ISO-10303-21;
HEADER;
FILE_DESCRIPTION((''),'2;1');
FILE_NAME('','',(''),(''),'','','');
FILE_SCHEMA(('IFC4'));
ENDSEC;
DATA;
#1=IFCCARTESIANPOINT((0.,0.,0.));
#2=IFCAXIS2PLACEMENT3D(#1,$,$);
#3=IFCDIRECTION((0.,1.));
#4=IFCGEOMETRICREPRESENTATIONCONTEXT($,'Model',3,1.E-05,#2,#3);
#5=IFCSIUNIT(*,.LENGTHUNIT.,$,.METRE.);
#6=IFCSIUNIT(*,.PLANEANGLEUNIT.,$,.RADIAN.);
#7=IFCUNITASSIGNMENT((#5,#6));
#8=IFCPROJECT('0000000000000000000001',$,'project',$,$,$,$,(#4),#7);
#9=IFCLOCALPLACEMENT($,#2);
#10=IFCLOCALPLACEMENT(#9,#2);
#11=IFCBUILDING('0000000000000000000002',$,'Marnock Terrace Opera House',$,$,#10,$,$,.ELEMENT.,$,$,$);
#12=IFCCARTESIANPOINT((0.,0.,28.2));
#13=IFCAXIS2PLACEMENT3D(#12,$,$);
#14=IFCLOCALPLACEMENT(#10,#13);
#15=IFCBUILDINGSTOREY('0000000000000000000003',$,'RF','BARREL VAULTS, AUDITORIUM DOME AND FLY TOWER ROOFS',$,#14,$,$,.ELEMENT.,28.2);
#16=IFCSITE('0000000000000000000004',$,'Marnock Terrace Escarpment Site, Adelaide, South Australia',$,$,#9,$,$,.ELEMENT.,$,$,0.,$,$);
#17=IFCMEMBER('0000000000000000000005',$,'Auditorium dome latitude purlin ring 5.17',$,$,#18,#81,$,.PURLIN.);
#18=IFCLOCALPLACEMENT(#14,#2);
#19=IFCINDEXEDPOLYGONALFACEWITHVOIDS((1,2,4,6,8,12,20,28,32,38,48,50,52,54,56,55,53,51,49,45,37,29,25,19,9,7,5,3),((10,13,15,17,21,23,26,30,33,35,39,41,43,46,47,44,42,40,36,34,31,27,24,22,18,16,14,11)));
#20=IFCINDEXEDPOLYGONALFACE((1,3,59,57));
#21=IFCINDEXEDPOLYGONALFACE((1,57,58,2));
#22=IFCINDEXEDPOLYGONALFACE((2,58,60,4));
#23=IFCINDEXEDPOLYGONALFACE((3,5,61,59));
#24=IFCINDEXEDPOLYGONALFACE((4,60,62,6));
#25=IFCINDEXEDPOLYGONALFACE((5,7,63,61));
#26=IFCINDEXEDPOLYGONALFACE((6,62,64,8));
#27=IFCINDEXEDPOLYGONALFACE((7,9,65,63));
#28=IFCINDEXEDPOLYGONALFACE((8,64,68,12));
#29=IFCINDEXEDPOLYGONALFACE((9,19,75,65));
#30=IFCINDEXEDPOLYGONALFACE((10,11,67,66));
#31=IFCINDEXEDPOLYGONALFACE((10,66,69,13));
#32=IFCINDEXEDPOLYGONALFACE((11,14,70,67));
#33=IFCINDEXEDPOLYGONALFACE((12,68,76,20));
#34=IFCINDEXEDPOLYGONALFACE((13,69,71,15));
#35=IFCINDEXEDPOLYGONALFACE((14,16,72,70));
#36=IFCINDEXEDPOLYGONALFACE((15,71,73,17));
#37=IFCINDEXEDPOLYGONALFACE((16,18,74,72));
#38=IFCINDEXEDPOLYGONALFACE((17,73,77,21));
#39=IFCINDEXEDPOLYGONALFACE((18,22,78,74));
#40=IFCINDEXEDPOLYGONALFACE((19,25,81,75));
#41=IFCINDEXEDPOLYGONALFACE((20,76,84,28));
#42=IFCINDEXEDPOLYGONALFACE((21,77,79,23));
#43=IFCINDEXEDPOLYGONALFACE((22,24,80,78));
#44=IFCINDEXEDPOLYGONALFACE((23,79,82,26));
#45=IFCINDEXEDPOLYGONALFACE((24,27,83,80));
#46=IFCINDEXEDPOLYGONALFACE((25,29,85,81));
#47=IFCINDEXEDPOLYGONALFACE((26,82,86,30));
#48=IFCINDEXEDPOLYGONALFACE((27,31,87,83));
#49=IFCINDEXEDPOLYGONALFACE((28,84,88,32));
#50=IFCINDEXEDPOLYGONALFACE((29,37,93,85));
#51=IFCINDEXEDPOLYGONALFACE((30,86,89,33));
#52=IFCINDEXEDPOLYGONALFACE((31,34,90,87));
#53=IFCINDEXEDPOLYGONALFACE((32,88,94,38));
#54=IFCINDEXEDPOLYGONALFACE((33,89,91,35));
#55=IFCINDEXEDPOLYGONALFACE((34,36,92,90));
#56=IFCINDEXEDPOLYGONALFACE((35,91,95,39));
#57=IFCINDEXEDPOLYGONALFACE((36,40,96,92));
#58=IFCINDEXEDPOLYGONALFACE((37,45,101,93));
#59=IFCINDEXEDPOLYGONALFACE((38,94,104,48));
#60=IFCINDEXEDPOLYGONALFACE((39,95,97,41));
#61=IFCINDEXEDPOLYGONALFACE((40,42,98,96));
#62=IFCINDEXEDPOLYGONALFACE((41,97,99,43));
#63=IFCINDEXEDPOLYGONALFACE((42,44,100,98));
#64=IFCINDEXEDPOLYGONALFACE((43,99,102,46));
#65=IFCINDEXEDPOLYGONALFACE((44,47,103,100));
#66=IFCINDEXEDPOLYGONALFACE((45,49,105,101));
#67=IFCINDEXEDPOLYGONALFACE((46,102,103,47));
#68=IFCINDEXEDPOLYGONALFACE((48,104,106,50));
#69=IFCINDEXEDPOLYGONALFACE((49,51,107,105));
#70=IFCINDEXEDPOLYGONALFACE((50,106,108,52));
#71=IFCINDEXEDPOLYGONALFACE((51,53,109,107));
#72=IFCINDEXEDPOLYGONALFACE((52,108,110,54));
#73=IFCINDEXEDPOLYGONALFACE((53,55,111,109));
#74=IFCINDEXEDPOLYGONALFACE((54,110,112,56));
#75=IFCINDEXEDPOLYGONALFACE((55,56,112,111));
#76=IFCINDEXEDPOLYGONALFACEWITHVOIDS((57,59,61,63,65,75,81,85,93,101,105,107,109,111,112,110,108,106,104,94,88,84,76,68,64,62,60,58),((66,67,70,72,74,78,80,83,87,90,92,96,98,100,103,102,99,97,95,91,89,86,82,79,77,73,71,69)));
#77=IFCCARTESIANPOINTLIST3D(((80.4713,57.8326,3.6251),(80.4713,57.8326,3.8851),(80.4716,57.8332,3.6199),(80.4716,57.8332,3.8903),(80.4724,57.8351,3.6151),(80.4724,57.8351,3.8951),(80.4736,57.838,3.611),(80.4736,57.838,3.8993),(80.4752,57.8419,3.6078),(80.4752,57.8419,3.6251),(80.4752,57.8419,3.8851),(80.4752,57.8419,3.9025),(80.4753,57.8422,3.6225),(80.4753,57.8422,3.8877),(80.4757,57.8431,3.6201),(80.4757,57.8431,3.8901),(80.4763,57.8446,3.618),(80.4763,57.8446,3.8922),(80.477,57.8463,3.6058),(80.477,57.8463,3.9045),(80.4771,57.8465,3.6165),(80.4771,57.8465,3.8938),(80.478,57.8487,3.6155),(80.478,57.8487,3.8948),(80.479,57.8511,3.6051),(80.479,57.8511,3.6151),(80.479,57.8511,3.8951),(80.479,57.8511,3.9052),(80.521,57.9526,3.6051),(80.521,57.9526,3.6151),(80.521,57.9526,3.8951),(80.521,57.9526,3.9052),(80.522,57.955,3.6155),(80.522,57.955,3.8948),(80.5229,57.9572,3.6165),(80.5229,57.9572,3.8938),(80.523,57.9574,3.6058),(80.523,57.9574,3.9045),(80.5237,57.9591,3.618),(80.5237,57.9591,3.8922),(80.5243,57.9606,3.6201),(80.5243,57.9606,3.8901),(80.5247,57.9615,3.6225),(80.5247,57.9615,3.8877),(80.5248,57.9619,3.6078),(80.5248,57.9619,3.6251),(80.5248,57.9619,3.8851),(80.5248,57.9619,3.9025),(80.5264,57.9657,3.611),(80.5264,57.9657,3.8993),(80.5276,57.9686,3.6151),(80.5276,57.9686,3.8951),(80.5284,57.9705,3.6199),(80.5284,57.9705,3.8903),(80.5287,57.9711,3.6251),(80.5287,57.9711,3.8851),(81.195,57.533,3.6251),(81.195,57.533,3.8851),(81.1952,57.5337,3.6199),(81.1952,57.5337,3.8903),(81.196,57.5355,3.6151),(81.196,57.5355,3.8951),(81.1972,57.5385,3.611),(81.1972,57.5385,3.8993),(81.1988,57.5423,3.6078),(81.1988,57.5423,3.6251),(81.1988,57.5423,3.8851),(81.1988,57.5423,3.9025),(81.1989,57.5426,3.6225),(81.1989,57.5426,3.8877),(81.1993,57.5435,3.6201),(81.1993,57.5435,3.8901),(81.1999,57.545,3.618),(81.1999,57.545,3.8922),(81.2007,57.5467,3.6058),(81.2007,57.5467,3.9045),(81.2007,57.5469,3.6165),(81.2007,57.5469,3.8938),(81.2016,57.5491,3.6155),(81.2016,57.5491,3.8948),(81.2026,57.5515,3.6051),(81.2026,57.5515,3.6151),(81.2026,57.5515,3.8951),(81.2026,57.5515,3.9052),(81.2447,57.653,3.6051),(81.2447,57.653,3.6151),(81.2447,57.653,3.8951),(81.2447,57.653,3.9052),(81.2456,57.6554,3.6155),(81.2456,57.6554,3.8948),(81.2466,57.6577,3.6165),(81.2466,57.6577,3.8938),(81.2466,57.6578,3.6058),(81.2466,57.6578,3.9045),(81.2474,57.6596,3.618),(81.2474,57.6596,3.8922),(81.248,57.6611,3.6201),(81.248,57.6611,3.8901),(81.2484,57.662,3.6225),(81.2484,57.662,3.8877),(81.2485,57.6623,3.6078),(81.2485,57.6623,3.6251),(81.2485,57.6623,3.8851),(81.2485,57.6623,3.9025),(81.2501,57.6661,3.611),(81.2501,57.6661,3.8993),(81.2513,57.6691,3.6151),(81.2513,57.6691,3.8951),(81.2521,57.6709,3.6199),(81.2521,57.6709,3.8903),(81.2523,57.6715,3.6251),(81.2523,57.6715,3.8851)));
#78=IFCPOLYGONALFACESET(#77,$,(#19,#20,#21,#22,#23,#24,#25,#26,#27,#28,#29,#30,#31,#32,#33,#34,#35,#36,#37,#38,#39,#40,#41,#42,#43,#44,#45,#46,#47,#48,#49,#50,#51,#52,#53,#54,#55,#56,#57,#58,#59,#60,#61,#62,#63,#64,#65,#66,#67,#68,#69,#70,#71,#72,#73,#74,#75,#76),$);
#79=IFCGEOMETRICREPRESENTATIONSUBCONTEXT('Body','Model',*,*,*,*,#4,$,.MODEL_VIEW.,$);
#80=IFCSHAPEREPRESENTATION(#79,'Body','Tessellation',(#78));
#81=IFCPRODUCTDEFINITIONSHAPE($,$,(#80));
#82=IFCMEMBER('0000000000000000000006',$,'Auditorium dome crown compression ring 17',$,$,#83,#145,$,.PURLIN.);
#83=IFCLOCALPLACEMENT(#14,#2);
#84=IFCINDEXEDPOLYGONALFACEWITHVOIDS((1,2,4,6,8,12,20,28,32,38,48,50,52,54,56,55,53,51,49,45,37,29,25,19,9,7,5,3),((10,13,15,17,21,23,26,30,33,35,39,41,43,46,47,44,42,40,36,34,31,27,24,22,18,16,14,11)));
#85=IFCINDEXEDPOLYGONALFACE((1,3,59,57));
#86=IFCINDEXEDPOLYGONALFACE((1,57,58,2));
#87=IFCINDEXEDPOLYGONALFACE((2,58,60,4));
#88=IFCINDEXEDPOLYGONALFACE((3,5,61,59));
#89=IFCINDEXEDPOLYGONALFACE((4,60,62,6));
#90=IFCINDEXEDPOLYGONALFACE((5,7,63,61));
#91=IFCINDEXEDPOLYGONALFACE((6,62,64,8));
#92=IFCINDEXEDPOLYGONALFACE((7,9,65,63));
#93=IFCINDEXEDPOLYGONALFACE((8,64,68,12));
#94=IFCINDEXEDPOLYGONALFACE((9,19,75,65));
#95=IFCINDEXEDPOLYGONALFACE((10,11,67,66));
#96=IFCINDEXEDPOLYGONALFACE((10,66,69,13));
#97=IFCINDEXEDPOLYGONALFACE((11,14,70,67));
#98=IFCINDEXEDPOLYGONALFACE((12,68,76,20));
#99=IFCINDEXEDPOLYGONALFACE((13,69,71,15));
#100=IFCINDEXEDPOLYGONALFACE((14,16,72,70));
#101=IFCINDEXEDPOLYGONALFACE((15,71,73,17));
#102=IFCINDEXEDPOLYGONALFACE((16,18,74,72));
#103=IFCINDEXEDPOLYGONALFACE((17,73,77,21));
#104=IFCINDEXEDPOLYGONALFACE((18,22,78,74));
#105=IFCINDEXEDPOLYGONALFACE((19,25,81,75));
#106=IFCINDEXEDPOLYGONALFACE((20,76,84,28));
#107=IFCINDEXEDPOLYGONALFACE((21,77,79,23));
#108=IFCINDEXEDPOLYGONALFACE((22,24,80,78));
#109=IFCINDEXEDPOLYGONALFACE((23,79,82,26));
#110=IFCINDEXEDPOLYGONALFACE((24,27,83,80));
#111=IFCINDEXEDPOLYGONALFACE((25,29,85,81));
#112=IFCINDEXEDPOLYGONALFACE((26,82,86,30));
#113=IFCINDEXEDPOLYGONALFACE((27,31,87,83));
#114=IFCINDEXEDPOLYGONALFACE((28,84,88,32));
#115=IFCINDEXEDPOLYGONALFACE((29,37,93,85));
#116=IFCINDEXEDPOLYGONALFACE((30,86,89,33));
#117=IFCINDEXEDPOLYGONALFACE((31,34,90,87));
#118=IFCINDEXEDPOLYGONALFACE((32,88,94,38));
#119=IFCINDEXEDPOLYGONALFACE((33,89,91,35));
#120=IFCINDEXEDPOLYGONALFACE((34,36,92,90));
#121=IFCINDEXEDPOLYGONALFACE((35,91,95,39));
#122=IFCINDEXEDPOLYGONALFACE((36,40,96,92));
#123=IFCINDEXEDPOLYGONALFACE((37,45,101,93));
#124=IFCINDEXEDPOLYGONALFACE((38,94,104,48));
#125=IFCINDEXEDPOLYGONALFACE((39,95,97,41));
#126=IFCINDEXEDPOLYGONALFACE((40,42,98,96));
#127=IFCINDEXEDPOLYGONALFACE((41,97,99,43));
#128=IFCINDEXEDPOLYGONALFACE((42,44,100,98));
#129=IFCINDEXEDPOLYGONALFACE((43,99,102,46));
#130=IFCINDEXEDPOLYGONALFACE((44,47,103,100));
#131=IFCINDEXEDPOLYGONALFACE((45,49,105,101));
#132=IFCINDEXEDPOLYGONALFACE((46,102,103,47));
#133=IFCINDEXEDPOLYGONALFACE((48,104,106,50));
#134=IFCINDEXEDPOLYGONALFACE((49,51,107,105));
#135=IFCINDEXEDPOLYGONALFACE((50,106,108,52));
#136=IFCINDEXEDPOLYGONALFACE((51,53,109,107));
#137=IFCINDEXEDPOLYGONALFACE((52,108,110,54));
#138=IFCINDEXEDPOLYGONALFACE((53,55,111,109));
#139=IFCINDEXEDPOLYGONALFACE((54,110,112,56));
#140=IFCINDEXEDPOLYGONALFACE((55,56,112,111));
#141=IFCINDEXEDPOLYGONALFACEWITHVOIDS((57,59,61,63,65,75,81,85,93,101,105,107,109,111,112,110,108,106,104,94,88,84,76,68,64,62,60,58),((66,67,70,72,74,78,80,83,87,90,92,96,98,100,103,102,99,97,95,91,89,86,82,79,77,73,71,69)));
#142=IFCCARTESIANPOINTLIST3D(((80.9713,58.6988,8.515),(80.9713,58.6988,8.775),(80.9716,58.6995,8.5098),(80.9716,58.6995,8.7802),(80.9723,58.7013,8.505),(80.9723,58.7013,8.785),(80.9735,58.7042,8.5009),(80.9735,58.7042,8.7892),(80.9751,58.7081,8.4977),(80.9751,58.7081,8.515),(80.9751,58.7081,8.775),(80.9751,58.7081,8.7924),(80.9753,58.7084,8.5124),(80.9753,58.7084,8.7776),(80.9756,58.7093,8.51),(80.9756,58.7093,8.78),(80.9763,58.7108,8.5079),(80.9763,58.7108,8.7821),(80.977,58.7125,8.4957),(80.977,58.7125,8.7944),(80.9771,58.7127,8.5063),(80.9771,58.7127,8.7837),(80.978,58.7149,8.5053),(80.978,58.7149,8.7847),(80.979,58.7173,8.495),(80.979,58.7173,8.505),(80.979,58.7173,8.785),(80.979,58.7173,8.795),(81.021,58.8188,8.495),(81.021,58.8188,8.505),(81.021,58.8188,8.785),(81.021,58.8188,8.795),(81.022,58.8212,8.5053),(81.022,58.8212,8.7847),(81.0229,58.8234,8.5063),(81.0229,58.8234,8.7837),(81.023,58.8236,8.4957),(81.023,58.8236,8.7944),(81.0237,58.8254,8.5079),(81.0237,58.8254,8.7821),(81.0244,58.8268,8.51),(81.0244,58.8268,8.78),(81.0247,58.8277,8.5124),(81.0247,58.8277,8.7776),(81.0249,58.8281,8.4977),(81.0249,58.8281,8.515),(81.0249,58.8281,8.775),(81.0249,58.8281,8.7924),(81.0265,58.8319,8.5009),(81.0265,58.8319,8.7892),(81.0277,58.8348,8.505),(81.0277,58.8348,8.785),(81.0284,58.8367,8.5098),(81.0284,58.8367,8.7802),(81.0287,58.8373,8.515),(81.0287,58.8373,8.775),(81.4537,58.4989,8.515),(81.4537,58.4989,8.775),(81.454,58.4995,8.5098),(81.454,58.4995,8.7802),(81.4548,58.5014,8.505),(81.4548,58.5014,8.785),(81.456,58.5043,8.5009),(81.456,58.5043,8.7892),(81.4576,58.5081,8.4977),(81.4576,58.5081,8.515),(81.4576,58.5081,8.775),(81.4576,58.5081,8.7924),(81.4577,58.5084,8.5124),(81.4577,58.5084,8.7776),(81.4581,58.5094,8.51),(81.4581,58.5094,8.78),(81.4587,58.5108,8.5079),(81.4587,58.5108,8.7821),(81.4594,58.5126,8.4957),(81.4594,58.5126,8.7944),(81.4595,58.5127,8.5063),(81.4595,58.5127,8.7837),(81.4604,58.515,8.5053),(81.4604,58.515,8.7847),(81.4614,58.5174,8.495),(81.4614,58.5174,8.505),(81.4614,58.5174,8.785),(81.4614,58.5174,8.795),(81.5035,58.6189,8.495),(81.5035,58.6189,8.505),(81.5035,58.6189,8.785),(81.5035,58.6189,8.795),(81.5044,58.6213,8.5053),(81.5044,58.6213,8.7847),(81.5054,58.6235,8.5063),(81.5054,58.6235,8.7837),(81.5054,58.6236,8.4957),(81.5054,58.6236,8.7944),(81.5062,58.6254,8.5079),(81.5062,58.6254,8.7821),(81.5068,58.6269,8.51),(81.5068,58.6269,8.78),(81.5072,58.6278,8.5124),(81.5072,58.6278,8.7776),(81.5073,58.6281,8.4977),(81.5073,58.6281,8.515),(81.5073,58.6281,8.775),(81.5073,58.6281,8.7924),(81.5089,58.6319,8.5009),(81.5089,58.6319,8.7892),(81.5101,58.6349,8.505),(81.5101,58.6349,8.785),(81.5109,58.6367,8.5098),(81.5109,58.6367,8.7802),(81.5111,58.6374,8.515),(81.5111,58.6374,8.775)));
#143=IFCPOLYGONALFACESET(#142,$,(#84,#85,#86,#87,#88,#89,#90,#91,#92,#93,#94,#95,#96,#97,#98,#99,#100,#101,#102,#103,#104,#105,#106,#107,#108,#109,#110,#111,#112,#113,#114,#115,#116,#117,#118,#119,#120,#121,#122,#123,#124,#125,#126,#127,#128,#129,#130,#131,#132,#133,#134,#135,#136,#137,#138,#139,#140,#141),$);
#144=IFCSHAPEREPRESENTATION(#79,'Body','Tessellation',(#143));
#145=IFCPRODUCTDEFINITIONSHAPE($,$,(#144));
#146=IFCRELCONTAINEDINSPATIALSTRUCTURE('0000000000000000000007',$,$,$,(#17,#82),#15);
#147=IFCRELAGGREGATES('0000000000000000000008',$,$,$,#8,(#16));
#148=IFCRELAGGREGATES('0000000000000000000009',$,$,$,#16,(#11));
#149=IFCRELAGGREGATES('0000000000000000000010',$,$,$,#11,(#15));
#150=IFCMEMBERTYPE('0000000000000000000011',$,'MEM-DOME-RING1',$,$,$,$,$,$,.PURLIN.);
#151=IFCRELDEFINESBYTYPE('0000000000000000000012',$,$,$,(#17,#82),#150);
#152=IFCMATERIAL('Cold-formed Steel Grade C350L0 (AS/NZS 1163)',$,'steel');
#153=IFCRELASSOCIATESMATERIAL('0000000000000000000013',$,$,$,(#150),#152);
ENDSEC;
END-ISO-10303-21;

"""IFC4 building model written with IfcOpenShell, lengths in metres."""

from ifc_helpers import new_model, si_unit, direction, frame, origin, origin_2d, place, context, subcontext, project, spatial, hollow_rectangle, extrude, material, material_profile, profile_set, type_object, element, save


model = new_model("IFC4")

# Units and contexts
model_context = context("Model", 3, precision=1e-05, world=origin(), true_north=direction((0.0, 1.0)))
body_context = subcontext(model_context, "Body", "Model", "MODEL_VIEW")
ifc_project = project(units=[si_unit("LENGTHUNIT", "METRE"), si_unit("PLANEANGLEUNIT", "RADIAN")], contexts=[model_context])

# Site, building, storey
site_placement = place(None, origin())
site = spatial("IfcSite", under=ifc_project, at=site_placement, Name="Marnock Terrace Escarpment Site, Adelaide, South Australia", CompositionType="ELEMENT", RefElevation=0.0)
building_placement = place(site_placement, origin())
building = spatial("IfcBuilding", under=site, at=building_placement, Name="Marnock Terrace Opera House", CompositionType="ELEMENT")
storey_placement = place(building_placement, frame((0.0, 0.0, 28.2)))
storey = spatial("IfcBuildingStorey", under=building, at=storey_placement, Name="RF", Description="BARREL VAULTS, AUDITORIUM DOME AND FLY TOWER ROOFS", CompositionType="ELEMENT", Elevation=28.2)

# Members
ifc_material_1 = material(Name="Cold-formed Steel Grade C350L0 (AS/NZS 1163)", Category="steel")
ifc_material_profile_1 = material_profile(ifc_material_1, hollow_rectangle(XDim=0.1499, YDim=0.3, WallThickness=0.01, InnerFilletRadius=0.01, OuterFilletRadius=0.02, at=origin_2d()))
ifc_profile_set_1 = profile_set([ifc_material_profile_1], Name="Cold-formed Steel Grade C350L0 (AS/NZS 1163)")
member_type_1 = type_object("IfcMemberType", Name="MEM-DOME-RING1", PredefinedType="PURLIN", material=ifc_profile_set_1)
member_1_placement = place(storey_placement, frame((80.5, 57.9019, 3.7551), z_axis=(0.92396, -0.382489, 0.0), x_axis=(0.382489, 0.92396, 0.0)))
element("IfcMember", 1, at=member_1_placement, inside=storey, type_object=member_type_1, Name="Auditorium dome latitude purlin ring 5.17", PredefinedType="PURLIN", context=body_context, shape_type="SweptSolid", body=[
    extrude(hollow_rectangle(XDim=0.1499, YDim=0.3, WallThickness=0.01, InnerFilletRadius=0.01, OuterFilletRadius=0.02, at=origin_2d()), origin(), (0.0, 0.0, 1.0), 0.7832),
])
member_2_placement = place(storey_placement, frame((81.0, 58.7681, 8.645), z_axis=(0.923795, -0.382889, 0.0), x_axis=(0.382889, 0.923795, 0.0)))
element("IfcMember", 2, at=member_2_placement, inside=storey, type_object=member_type_1, Name="Auditorium dome crown compression ring 17", PredefinedType="PURLIN", context=body_context, shape_type="SweptSolid", body=[
    extrude(hollow_rectangle(XDim=0.1499, YDim=0.3, WallThickness=0.01, InnerFilletRadius=0.01, OuterFilletRadius=0.02, at=origin_2d()), origin(), (0.0, 0.0, 1.0), 0.5222),
])

save(model, "model.ifc")
